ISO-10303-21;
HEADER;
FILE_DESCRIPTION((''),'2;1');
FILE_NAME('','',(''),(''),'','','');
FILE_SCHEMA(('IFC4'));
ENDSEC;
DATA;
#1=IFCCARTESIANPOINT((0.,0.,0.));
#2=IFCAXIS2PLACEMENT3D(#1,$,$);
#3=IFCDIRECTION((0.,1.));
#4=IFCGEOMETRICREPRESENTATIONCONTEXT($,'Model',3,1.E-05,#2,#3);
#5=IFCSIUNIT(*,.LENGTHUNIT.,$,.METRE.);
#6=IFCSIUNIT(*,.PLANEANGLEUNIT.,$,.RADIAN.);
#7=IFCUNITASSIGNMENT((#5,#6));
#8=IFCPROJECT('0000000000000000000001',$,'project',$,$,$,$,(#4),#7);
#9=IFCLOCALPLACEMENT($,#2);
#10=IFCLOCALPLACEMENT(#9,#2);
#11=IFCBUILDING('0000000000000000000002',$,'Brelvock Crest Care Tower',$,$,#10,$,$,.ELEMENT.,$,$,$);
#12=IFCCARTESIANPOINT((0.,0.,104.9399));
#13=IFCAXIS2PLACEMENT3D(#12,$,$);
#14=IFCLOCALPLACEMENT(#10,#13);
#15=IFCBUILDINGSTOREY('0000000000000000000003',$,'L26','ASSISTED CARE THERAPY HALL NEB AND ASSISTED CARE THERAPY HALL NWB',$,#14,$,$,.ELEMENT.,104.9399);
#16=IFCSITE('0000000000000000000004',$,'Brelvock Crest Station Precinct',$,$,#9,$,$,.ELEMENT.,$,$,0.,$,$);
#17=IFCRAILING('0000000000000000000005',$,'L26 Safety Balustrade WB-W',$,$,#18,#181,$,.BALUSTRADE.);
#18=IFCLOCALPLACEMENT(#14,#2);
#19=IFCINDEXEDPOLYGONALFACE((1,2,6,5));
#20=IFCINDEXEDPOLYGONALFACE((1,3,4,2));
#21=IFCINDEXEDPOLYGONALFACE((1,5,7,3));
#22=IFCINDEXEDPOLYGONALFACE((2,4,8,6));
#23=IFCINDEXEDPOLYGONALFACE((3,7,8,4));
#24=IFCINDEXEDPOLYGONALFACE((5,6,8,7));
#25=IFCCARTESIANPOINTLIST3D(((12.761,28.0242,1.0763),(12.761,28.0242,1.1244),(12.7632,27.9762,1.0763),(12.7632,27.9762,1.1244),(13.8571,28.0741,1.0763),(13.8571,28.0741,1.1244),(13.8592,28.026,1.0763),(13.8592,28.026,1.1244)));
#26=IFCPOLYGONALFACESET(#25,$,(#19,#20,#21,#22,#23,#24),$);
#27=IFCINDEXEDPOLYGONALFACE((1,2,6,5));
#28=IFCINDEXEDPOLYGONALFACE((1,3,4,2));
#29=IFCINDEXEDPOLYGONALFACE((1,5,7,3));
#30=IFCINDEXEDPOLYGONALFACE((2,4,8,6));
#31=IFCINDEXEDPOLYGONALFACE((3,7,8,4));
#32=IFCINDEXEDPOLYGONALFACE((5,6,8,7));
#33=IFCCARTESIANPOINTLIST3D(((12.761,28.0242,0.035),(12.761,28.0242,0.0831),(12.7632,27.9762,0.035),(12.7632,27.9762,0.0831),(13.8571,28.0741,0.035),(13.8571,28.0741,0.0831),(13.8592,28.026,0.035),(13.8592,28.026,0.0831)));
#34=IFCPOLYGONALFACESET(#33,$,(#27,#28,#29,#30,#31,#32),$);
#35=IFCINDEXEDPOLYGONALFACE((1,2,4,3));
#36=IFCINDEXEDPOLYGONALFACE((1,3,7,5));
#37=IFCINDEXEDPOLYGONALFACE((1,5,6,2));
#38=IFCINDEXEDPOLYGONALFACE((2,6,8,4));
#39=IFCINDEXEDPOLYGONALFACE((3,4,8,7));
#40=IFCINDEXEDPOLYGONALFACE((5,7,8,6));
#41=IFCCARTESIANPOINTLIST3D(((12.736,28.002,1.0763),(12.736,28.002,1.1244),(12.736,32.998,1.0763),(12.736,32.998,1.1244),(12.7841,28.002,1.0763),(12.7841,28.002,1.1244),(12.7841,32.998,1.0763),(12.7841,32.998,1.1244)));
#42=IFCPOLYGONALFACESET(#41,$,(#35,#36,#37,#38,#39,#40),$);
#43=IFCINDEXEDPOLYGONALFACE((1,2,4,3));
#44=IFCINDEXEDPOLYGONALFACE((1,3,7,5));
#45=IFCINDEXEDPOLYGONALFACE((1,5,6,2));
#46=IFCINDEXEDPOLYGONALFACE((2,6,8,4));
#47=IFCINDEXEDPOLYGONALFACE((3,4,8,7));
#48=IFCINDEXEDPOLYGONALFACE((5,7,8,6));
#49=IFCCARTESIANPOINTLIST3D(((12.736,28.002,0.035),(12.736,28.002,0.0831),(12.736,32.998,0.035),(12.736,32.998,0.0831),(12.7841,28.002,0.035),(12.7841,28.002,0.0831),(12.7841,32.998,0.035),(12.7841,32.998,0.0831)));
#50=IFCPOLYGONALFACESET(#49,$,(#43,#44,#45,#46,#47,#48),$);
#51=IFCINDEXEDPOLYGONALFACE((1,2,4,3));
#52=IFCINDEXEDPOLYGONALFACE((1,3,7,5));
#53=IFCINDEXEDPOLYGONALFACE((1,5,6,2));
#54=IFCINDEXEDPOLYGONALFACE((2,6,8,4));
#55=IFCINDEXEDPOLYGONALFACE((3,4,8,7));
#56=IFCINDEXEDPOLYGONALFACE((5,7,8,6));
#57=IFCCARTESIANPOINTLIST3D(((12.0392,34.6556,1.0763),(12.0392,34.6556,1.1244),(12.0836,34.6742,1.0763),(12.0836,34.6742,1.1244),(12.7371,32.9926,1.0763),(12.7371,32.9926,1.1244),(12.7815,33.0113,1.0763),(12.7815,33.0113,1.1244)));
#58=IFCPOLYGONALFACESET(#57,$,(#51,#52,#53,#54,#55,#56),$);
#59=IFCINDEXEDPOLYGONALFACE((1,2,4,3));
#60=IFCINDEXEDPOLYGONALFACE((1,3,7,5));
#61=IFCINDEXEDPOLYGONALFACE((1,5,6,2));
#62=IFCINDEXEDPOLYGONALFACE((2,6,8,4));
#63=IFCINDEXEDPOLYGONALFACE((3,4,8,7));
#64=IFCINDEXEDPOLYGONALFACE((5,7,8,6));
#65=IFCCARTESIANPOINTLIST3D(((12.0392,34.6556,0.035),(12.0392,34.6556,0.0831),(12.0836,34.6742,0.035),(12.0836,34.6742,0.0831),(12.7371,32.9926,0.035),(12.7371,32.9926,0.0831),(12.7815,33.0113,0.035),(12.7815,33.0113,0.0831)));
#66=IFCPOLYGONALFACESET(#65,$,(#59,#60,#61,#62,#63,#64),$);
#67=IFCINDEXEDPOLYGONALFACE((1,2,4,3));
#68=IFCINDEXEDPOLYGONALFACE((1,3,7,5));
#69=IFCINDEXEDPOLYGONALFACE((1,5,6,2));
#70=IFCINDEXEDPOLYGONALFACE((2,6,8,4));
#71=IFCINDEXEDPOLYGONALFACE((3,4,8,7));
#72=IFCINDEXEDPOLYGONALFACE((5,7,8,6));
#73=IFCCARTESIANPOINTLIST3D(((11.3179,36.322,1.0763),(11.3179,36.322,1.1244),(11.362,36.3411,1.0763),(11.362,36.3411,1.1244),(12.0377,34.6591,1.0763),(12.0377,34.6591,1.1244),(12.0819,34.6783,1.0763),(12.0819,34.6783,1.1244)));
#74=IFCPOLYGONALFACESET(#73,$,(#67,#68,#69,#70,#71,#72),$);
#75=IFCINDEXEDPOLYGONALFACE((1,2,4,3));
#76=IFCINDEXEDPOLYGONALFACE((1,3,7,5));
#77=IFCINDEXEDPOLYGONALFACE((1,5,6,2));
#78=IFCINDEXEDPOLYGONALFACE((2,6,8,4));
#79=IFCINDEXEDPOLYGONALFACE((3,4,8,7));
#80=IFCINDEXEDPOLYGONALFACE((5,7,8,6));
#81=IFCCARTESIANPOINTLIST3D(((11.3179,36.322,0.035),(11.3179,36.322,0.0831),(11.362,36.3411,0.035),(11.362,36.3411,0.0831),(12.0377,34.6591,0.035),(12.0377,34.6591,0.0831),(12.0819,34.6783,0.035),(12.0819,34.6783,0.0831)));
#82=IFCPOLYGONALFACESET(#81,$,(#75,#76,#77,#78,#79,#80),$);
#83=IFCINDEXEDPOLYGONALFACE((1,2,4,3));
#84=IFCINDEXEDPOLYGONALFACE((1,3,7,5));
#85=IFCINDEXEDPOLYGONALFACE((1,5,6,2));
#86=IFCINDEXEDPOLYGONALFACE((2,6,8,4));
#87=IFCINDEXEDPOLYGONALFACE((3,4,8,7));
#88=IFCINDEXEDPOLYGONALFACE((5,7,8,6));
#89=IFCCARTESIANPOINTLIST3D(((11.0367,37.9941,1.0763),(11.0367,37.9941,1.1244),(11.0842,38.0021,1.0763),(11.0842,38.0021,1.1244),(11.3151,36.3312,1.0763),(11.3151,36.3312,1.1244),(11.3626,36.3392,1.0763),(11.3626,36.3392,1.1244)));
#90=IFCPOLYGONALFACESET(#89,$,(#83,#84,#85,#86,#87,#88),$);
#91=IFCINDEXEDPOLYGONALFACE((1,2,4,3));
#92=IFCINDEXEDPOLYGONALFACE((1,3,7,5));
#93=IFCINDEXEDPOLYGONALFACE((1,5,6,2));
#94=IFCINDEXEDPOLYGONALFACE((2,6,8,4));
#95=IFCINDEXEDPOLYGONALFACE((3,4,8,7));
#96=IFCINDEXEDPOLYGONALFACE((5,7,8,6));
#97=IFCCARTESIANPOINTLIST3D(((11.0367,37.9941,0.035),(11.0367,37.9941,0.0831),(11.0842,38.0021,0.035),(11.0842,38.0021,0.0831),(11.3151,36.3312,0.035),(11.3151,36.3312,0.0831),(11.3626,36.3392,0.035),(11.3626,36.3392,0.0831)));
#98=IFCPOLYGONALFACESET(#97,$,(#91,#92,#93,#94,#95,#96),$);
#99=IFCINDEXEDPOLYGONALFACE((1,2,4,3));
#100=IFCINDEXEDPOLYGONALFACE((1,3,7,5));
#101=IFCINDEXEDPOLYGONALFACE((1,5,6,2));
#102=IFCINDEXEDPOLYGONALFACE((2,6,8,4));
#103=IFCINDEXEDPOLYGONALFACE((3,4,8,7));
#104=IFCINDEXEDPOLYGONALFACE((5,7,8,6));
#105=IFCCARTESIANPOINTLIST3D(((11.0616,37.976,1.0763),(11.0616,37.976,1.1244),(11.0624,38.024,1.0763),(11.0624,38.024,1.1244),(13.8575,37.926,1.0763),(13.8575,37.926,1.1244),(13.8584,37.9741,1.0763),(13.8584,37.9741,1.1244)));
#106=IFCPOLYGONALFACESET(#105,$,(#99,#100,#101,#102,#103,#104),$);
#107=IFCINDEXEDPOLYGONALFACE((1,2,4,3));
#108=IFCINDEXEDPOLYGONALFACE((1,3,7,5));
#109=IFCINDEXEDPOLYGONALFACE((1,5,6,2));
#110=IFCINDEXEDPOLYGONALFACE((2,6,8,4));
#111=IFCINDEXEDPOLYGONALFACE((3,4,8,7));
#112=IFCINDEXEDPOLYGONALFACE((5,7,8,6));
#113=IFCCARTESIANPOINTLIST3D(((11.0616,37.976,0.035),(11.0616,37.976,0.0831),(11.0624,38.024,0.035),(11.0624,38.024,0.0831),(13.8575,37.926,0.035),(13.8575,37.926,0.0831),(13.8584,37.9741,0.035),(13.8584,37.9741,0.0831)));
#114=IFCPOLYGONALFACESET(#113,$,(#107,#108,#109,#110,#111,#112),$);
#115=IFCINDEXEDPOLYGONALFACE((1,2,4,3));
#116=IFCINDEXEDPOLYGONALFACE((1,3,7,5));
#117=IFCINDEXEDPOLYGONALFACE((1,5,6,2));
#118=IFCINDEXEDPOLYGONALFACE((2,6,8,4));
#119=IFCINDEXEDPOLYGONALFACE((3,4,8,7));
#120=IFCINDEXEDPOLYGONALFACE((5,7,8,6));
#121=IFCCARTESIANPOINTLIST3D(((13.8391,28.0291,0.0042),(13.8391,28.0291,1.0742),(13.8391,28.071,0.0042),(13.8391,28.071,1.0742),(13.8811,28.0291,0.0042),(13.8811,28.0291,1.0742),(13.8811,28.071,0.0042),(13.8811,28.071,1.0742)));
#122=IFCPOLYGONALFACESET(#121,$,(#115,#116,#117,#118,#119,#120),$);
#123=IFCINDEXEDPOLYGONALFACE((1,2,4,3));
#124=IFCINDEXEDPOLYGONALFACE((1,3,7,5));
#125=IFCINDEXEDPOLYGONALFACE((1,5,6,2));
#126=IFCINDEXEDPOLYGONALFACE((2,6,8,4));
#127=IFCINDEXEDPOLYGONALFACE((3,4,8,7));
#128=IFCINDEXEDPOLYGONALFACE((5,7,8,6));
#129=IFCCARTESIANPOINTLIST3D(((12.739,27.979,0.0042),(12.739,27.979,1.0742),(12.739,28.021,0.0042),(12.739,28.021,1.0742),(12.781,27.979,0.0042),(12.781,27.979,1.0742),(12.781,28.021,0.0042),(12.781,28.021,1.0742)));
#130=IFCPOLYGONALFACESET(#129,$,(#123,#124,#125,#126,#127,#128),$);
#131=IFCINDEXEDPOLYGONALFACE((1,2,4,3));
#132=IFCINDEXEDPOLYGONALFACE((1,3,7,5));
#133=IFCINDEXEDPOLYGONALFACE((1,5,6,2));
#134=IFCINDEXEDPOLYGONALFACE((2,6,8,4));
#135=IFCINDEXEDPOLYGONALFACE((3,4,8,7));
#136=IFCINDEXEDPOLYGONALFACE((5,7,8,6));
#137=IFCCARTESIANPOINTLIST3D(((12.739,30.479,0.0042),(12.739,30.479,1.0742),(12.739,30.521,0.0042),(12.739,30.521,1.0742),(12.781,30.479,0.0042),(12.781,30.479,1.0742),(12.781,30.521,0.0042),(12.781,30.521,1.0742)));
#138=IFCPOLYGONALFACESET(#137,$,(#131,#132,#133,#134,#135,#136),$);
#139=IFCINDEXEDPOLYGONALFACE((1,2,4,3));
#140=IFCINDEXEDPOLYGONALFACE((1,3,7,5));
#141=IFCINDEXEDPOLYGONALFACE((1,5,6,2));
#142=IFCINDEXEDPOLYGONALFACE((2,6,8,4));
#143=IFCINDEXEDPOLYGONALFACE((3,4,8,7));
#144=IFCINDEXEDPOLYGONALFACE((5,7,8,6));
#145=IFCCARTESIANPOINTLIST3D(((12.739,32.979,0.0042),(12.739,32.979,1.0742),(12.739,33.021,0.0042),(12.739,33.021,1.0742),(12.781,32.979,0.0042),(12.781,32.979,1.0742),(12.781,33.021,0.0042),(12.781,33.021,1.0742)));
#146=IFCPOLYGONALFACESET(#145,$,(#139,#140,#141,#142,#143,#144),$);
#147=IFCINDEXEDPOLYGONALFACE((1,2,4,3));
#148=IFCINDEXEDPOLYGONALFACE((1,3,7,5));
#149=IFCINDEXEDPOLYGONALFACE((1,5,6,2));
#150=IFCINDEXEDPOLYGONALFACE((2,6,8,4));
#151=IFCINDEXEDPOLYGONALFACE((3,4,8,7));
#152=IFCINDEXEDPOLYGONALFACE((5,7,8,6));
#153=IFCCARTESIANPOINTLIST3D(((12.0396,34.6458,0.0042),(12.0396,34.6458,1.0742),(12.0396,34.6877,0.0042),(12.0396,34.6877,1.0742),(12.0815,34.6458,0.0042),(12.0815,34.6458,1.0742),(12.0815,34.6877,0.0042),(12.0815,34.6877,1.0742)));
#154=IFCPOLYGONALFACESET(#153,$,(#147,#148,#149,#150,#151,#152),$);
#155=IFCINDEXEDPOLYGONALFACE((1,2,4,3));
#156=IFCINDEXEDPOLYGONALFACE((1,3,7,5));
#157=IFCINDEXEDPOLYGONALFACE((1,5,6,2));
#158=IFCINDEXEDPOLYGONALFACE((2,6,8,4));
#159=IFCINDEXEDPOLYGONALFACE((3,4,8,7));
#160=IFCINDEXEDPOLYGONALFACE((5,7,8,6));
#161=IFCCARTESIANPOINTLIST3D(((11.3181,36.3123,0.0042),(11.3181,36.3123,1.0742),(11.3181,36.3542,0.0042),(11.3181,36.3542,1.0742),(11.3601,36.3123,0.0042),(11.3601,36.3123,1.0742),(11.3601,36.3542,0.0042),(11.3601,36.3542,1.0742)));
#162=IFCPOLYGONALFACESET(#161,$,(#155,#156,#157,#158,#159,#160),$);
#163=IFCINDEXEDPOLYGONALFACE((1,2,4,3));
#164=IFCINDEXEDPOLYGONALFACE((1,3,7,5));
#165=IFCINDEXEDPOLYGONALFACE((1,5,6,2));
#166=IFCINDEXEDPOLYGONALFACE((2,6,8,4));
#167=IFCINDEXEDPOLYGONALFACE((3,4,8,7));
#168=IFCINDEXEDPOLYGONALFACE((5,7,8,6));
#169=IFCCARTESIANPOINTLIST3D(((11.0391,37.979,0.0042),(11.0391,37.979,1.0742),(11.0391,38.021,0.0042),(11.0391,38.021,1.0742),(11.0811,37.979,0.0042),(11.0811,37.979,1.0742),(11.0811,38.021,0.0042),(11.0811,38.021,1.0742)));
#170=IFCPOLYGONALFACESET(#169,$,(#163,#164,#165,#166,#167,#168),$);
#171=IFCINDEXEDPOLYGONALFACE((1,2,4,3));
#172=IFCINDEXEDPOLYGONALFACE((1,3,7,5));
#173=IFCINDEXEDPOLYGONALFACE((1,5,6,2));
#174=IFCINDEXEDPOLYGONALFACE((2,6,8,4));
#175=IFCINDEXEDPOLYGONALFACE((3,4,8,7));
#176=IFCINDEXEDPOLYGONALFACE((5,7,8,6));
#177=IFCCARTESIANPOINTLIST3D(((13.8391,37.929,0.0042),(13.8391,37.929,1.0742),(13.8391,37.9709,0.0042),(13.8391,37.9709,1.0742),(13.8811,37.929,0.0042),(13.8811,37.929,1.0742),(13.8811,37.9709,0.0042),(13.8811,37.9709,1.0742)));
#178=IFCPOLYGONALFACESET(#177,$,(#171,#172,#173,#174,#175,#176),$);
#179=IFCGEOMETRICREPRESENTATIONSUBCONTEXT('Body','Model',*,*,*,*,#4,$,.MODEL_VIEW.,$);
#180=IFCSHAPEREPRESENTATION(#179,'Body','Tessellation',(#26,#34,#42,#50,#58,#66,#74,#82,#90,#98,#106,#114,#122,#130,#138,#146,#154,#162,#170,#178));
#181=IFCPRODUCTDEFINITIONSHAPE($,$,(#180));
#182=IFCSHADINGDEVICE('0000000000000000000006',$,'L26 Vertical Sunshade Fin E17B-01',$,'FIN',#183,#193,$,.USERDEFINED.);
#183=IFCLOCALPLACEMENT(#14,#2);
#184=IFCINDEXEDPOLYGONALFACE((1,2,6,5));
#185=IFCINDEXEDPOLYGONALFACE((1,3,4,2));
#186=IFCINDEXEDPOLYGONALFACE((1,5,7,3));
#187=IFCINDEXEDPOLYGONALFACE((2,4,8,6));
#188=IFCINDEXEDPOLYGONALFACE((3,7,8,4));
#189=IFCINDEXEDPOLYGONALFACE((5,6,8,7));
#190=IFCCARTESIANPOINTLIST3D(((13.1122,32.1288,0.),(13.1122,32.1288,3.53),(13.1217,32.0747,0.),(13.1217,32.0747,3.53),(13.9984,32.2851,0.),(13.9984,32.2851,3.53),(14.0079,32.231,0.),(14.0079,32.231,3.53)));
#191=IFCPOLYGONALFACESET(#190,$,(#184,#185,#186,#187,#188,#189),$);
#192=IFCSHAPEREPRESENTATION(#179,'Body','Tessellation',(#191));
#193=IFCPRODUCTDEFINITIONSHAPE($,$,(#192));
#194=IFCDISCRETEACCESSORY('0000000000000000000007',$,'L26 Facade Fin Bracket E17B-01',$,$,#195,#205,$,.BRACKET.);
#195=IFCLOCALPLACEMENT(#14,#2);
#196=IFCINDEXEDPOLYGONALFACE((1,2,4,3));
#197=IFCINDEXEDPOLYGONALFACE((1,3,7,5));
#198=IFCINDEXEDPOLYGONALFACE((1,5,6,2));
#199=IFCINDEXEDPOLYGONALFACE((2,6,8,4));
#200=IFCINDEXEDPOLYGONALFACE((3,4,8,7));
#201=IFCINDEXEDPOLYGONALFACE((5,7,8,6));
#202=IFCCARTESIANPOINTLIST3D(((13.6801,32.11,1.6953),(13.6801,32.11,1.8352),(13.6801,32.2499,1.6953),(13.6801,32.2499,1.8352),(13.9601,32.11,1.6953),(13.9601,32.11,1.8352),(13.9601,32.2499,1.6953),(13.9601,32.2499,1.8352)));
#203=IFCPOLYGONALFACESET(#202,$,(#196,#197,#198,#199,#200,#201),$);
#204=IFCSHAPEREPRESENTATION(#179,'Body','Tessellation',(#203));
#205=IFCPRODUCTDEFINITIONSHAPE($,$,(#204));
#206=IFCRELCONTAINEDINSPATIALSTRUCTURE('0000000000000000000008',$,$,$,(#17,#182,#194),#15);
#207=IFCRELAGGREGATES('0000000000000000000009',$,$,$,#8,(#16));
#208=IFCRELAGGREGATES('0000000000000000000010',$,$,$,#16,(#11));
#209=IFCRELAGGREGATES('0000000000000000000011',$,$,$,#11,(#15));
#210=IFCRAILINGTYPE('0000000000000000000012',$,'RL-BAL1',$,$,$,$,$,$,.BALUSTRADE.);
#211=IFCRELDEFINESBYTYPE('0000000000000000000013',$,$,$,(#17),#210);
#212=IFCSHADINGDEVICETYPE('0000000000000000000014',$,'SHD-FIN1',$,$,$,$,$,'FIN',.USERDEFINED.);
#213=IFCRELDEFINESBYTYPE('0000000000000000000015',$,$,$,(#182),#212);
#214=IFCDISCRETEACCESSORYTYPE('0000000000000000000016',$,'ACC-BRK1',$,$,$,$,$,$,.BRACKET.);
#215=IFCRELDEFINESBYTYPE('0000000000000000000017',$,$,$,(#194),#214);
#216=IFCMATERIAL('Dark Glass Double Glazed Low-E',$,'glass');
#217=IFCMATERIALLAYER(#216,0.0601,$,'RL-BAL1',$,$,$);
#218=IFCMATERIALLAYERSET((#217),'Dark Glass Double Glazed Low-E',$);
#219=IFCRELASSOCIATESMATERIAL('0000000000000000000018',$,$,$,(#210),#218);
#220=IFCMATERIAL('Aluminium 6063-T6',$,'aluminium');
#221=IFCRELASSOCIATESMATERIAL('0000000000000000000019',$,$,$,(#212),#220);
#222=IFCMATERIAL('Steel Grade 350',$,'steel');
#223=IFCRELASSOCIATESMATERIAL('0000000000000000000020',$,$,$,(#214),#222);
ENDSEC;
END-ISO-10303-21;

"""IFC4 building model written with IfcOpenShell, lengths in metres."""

from ifc_helpers import new_model, si_unit, direction, frame, origin, origin_2d, place, context, subcontext, project, spatial, rectangle, extrude, source, transform, mapped, material, layer, layer_set, material_profile, profile_set, type_object, element, save


model = new_model("IFC4")

# Units and contexts
model_context = context("Model", 3, precision=1e-05, world=origin(), true_north=direction((0.0, 1.0)))
body_context = subcontext(model_context, "Body", "Model", "MODEL_VIEW")
ifc_project = project(units=[si_unit("LENGTHUNIT", "METRE"), si_unit("PLANEANGLEUNIT", "RADIAN")], contexts=[model_context])

# Site, building, storey
site_placement = place(None, origin())
site = spatial("IfcSite", under=ifc_project, at=site_placement, Name="Brelvock Crest Station Precinct", CompositionType="ELEMENT", RefElevation=0.0)
building_placement = place(site_placement, origin())
building = spatial("IfcBuilding", under=site, at=building_placement, Name="Brelvock Crest Care Tower", CompositionType="ELEMENT")
storey_placement = place(building_placement, frame((0.0, 0.0, 104.9399)))
storey = spatial("IfcBuildingStorey", under=building, at=storey_placement, Name="L26", Description="ASSISTED CARE THERAPY HALL NEB AND ASSISTED CARE THERAPY HALL NWB", CompositionType="ELEMENT", Elevation=104.9399)

# Shared definitions
ifc_material_1 = material(Name="Steel Grade 350", Category="steel")

# Shared definitions
ifc_material_2 = material(Name="Dark Glass Double Glazed Low-E", Category="glass")
ifc_material_3 = material(Name="Aluminium 6063-T6", Category="aluminium")

# Railing
ifc_layer_1 = layer(ifc_material_2, 0.0601, Name="RL-BAL1")
ifc_layer_set_1 = layer_set([ifc_layer_1], Name="Dark Glass Double Glazed Low-E")
railing_type = type_object("IfcRailingType", Name="RL-BAL1", PredefinedType="BALUSTRADE", material=ifc_layer_set_1)
railing_placement = place(storey_placement, frame((13.8601, 28.05, 0.0042)))
element("IfcRailing", 1, at=railing_placement, inside=storey, type_object=railing_type, Name="L26 Safety Balustrade WB-W", PredefinedType="BALUSTRADE", context=body_context, shape_type="SweptSolid", body=[
    extrude(rectangle(XDim=0.0481, YDim=0.0481, at=origin_2d()), frame((-0.002, 0.0, 1.0962), z_axis=(-0.998967, -0.045448, 0.0), x_axis=(0.045448, -0.998967, 0.0)), (0.0, 0.0, 1.0), 1.0972),
    extrude(rectangle(XDim=0.0481, YDim=0.0481, at=origin_2d()), frame((-0.002, 0.0, 0.0549), z_axis=(-0.998967, -0.045448, 0.0), x_axis=(0.045448, -0.998967, 0.0)), (0.0, 0.0, 1.0), 1.0972),
    extrude(rectangle(XDim=0.0481, YDim=0.0481, at=origin_2d()), frame((-1.1001, -0.0481, 1.0962), z_axis=(0.0, 1.0, 0.0), x_axis=(-1.0, 0.0, 0.0)), (0.0, 0.0, 1.0), 4.9961),
    extrude(rectangle(XDim=0.0481, YDim=0.0481, at=origin_2d()), frame((-1.1001, -0.0481, 0.0549), z_axis=(0.0, 1.0, 0.0), x_axis=(-1.0, 0.0, 0.0)), (0.0, 0.0, 1.0), 4.9961),
    extrude(rectangle(XDim=0.0481, YDim=0.0481, at=origin_2d()), frame((-1.1008, 4.9519, 1.0962), z_axis=(-0.386964, 0.922095, 0.0), x_axis=(-0.922095, -0.386964, 0.0)), (0.0, 0.0, 1.0), 1.8035),
    extrude(rectangle(XDim=0.0481, YDim=0.0481, at=origin_2d()), frame((-1.1008, 4.9519, 0.0549), z_axis=(-0.386964, 0.922095, 0.0), x_axis=(-0.922095, -0.386964, 0.0)), (0.0, 0.0, 1.0), 1.8035),
    extrude(rectangle(XDim=0.0481, YDim=0.0481, at=origin_2d()), frame((-1.8003, 6.6187, 1.0962), z_axis=(-0.397275, 0.917699, 0.0), x_axis=(-0.917699, -0.397275, 0.0)), (0.0, 0.0, 1.0), 1.812),
    extrude(rectangle(XDim=0.0481, YDim=0.0481, at=origin_2d()), frame((-1.8003, 6.6187, 0.0549), z_axis=(-0.397275, 0.917699, 0.0), x_axis=(-0.917699, -0.397275, 0.0)), (0.0, 0.0, 1.0), 1.812),
    extrude(rectangle(XDim=0.0481, YDim=0.0481, at=origin_2d()), frame((-2.5212, 8.2852, 1.0962), z_axis=(-0.165125, 0.986273, 0.0), x_axis=(-0.986273, -0.165125, 0.0)), (0.0, 0.0, 1.0), 1.686),
    extrude(rectangle(XDim=0.0481, YDim=0.0481, at=origin_2d()), frame((-2.5212, 8.2852, 0.0549), z_axis=(-0.165125, 0.986273, 0.0), x_axis=(-0.986273, -0.165125, 0.0)), (0.0, 0.0, 1.0), 1.686),
    extrude(rectangle(XDim=0.0481, YDim=0.0481, at=origin_2d()), frame((-2.7981, 9.95, 1.0962), z_axis=(0.99984, -0.017871, 0.0), x_axis=(0.017871, 0.99984, 0.0)), (0.0, 0.0, 1.0), 2.7964),
    extrude(rectangle(XDim=0.0481, YDim=0.0481, at=origin_2d()), frame((-2.7981, 9.95, 0.0549), z_axis=(0.99984, -0.017871, 0.0), x_axis=(0.017871, 0.99984, 0.0)), (0.0, 0.0, 1.0), 2.7964),
    extrude(rectangle(XDim=0.042, YDim=0.042, at=origin_2d()), origin(), (0.0, 0.0, 1.0), 1.0701),
    extrude(rectangle(XDim=0.042, YDim=0.042, at=origin_2d()), frame((-1.1001, -0.05, 0.0)), (0.0, 0.0, 1.0), 1.0701),
    extrude(rectangle(XDim=0.042, YDim=0.042, at=origin_2d()), frame((-1.1001, 2.45, 0.0)), (0.0, 0.0, 1.0), 1.0701),
    extrude(rectangle(XDim=0.042, YDim=0.042, at=origin_2d()), frame((-1.1001, 4.95, 0.0)), (0.0, 0.0, 1.0), 1.0701),
    extrude(rectangle(XDim=0.042, YDim=0.042, at=origin_2d()), frame((-1.7996, 6.6167, 0.0)), (0.0, 0.0, 1.0), 1.0701),
    extrude(rectangle(XDim=0.042, YDim=0.042, at=origin_2d()), frame((-2.521, 8.2832, 0.0)), (0.0, 0.0, 1.0), 1.0701),
    extrude(rectangle(XDim=0.042, YDim=0.042, at=origin_2d()), frame((-2.8, 9.95, 0.0)), (0.0, 0.0, 1.0), 1.0701),
    extrude(rectangle(XDim=0.042, YDim=0.042, at=origin_2d()), frame((0.0, 9.8999, 0.0)), (0.0, 0.0, 1.0), 1.0701),
])

# Shading device
ifc_material_profile_1 = material_profile(ifc_material_3, rectangle(XDim=0.0549, YDim=0.8999, at=origin_2d()), Name="FIN55x900")
ifc_profile_set_1 = profile_set([ifc_material_profile_1], Name="Aluminium 6063-T6")
shading_device_type = type_object("IfcShadingDeviceType", Name="SHD-FIN1", ElementType="FIN", PredefinedType="USERDEFINED", material=ifc_profile_set_1)
shared_shape_1 = source(origin(), body_context, "Body", "SweptSolid", [
    extrude(rectangle(XDim=0.0549, YDim=0.8999, at=origin_2d()), origin(), (0.0, 0.0, 1.0), 3.53),
])
shading_device_placement = place(storey_placement, frame((13.5601, 32.1799, 0.0), z_axis=(0.0, 0.0, 1.0), x_axis=(-0.173648, 0.984808, 0.0)))
element("IfcShadingDevice", 2, at=shading_device_placement, inside=storey, type_object=shading_device_type, Name="L26 Vertical Sunshade Fin E17B-01", ObjectType="FIN", PredefinedType="USERDEFINED", context=body_context, shape_type="MappedRepresentation", body=[
    mapped(shared_shape_1, transform((0.0, 0.0, 0.0), x_axis=(1.0, 0.0, 0.0), y_axis=(0.0, 1.0, 0.0), z_axis=(0.0, 0.0, 1.0), scale=1.0)),
])

# Discrete accessory
discrete_accessory_type = type_object("IfcDiscreteAccessoryType", Name="ACC-BRK1", PredefinedType="BRACKET", material=ifc_material_1)
shared_shape_2 = source(origin(), body_context, "Body", "SweptSolid", [
    extrude(rectangle(XDim=0.28, YDim=0.1399, at=origin_2d()), origin(), (0.0, 0.0, 1.0), 0.1399),
])
discrete_accessory_placement = place(storey_placement, frame((13.8201, 32.1799, 1.6953), z_axis=(0.0, 0.0, 1.0), x_axis=(-1.0, 0.0, 0.0)))
element("IfcDiscreteAccessory", 3, at=discrete_accessory_placement, inside=storey, type_object=discrete_accessory_type, Name="L26 Facade Fin Bracket E17B-01", PredefinedType="BRACKET", context=body_context, shape_type="MappedRepresentation", body=[
    mapped(shared_shape_2, transform((0.0, 0.0, 0.0), x_axis=(1.0, 0.0, 0.0), y_axis=(0.0, 1.0, 0.0), z_axis=(0.0, 0.0, 1.0), scale=1.0)),
])

save(model, "model.ifc")
